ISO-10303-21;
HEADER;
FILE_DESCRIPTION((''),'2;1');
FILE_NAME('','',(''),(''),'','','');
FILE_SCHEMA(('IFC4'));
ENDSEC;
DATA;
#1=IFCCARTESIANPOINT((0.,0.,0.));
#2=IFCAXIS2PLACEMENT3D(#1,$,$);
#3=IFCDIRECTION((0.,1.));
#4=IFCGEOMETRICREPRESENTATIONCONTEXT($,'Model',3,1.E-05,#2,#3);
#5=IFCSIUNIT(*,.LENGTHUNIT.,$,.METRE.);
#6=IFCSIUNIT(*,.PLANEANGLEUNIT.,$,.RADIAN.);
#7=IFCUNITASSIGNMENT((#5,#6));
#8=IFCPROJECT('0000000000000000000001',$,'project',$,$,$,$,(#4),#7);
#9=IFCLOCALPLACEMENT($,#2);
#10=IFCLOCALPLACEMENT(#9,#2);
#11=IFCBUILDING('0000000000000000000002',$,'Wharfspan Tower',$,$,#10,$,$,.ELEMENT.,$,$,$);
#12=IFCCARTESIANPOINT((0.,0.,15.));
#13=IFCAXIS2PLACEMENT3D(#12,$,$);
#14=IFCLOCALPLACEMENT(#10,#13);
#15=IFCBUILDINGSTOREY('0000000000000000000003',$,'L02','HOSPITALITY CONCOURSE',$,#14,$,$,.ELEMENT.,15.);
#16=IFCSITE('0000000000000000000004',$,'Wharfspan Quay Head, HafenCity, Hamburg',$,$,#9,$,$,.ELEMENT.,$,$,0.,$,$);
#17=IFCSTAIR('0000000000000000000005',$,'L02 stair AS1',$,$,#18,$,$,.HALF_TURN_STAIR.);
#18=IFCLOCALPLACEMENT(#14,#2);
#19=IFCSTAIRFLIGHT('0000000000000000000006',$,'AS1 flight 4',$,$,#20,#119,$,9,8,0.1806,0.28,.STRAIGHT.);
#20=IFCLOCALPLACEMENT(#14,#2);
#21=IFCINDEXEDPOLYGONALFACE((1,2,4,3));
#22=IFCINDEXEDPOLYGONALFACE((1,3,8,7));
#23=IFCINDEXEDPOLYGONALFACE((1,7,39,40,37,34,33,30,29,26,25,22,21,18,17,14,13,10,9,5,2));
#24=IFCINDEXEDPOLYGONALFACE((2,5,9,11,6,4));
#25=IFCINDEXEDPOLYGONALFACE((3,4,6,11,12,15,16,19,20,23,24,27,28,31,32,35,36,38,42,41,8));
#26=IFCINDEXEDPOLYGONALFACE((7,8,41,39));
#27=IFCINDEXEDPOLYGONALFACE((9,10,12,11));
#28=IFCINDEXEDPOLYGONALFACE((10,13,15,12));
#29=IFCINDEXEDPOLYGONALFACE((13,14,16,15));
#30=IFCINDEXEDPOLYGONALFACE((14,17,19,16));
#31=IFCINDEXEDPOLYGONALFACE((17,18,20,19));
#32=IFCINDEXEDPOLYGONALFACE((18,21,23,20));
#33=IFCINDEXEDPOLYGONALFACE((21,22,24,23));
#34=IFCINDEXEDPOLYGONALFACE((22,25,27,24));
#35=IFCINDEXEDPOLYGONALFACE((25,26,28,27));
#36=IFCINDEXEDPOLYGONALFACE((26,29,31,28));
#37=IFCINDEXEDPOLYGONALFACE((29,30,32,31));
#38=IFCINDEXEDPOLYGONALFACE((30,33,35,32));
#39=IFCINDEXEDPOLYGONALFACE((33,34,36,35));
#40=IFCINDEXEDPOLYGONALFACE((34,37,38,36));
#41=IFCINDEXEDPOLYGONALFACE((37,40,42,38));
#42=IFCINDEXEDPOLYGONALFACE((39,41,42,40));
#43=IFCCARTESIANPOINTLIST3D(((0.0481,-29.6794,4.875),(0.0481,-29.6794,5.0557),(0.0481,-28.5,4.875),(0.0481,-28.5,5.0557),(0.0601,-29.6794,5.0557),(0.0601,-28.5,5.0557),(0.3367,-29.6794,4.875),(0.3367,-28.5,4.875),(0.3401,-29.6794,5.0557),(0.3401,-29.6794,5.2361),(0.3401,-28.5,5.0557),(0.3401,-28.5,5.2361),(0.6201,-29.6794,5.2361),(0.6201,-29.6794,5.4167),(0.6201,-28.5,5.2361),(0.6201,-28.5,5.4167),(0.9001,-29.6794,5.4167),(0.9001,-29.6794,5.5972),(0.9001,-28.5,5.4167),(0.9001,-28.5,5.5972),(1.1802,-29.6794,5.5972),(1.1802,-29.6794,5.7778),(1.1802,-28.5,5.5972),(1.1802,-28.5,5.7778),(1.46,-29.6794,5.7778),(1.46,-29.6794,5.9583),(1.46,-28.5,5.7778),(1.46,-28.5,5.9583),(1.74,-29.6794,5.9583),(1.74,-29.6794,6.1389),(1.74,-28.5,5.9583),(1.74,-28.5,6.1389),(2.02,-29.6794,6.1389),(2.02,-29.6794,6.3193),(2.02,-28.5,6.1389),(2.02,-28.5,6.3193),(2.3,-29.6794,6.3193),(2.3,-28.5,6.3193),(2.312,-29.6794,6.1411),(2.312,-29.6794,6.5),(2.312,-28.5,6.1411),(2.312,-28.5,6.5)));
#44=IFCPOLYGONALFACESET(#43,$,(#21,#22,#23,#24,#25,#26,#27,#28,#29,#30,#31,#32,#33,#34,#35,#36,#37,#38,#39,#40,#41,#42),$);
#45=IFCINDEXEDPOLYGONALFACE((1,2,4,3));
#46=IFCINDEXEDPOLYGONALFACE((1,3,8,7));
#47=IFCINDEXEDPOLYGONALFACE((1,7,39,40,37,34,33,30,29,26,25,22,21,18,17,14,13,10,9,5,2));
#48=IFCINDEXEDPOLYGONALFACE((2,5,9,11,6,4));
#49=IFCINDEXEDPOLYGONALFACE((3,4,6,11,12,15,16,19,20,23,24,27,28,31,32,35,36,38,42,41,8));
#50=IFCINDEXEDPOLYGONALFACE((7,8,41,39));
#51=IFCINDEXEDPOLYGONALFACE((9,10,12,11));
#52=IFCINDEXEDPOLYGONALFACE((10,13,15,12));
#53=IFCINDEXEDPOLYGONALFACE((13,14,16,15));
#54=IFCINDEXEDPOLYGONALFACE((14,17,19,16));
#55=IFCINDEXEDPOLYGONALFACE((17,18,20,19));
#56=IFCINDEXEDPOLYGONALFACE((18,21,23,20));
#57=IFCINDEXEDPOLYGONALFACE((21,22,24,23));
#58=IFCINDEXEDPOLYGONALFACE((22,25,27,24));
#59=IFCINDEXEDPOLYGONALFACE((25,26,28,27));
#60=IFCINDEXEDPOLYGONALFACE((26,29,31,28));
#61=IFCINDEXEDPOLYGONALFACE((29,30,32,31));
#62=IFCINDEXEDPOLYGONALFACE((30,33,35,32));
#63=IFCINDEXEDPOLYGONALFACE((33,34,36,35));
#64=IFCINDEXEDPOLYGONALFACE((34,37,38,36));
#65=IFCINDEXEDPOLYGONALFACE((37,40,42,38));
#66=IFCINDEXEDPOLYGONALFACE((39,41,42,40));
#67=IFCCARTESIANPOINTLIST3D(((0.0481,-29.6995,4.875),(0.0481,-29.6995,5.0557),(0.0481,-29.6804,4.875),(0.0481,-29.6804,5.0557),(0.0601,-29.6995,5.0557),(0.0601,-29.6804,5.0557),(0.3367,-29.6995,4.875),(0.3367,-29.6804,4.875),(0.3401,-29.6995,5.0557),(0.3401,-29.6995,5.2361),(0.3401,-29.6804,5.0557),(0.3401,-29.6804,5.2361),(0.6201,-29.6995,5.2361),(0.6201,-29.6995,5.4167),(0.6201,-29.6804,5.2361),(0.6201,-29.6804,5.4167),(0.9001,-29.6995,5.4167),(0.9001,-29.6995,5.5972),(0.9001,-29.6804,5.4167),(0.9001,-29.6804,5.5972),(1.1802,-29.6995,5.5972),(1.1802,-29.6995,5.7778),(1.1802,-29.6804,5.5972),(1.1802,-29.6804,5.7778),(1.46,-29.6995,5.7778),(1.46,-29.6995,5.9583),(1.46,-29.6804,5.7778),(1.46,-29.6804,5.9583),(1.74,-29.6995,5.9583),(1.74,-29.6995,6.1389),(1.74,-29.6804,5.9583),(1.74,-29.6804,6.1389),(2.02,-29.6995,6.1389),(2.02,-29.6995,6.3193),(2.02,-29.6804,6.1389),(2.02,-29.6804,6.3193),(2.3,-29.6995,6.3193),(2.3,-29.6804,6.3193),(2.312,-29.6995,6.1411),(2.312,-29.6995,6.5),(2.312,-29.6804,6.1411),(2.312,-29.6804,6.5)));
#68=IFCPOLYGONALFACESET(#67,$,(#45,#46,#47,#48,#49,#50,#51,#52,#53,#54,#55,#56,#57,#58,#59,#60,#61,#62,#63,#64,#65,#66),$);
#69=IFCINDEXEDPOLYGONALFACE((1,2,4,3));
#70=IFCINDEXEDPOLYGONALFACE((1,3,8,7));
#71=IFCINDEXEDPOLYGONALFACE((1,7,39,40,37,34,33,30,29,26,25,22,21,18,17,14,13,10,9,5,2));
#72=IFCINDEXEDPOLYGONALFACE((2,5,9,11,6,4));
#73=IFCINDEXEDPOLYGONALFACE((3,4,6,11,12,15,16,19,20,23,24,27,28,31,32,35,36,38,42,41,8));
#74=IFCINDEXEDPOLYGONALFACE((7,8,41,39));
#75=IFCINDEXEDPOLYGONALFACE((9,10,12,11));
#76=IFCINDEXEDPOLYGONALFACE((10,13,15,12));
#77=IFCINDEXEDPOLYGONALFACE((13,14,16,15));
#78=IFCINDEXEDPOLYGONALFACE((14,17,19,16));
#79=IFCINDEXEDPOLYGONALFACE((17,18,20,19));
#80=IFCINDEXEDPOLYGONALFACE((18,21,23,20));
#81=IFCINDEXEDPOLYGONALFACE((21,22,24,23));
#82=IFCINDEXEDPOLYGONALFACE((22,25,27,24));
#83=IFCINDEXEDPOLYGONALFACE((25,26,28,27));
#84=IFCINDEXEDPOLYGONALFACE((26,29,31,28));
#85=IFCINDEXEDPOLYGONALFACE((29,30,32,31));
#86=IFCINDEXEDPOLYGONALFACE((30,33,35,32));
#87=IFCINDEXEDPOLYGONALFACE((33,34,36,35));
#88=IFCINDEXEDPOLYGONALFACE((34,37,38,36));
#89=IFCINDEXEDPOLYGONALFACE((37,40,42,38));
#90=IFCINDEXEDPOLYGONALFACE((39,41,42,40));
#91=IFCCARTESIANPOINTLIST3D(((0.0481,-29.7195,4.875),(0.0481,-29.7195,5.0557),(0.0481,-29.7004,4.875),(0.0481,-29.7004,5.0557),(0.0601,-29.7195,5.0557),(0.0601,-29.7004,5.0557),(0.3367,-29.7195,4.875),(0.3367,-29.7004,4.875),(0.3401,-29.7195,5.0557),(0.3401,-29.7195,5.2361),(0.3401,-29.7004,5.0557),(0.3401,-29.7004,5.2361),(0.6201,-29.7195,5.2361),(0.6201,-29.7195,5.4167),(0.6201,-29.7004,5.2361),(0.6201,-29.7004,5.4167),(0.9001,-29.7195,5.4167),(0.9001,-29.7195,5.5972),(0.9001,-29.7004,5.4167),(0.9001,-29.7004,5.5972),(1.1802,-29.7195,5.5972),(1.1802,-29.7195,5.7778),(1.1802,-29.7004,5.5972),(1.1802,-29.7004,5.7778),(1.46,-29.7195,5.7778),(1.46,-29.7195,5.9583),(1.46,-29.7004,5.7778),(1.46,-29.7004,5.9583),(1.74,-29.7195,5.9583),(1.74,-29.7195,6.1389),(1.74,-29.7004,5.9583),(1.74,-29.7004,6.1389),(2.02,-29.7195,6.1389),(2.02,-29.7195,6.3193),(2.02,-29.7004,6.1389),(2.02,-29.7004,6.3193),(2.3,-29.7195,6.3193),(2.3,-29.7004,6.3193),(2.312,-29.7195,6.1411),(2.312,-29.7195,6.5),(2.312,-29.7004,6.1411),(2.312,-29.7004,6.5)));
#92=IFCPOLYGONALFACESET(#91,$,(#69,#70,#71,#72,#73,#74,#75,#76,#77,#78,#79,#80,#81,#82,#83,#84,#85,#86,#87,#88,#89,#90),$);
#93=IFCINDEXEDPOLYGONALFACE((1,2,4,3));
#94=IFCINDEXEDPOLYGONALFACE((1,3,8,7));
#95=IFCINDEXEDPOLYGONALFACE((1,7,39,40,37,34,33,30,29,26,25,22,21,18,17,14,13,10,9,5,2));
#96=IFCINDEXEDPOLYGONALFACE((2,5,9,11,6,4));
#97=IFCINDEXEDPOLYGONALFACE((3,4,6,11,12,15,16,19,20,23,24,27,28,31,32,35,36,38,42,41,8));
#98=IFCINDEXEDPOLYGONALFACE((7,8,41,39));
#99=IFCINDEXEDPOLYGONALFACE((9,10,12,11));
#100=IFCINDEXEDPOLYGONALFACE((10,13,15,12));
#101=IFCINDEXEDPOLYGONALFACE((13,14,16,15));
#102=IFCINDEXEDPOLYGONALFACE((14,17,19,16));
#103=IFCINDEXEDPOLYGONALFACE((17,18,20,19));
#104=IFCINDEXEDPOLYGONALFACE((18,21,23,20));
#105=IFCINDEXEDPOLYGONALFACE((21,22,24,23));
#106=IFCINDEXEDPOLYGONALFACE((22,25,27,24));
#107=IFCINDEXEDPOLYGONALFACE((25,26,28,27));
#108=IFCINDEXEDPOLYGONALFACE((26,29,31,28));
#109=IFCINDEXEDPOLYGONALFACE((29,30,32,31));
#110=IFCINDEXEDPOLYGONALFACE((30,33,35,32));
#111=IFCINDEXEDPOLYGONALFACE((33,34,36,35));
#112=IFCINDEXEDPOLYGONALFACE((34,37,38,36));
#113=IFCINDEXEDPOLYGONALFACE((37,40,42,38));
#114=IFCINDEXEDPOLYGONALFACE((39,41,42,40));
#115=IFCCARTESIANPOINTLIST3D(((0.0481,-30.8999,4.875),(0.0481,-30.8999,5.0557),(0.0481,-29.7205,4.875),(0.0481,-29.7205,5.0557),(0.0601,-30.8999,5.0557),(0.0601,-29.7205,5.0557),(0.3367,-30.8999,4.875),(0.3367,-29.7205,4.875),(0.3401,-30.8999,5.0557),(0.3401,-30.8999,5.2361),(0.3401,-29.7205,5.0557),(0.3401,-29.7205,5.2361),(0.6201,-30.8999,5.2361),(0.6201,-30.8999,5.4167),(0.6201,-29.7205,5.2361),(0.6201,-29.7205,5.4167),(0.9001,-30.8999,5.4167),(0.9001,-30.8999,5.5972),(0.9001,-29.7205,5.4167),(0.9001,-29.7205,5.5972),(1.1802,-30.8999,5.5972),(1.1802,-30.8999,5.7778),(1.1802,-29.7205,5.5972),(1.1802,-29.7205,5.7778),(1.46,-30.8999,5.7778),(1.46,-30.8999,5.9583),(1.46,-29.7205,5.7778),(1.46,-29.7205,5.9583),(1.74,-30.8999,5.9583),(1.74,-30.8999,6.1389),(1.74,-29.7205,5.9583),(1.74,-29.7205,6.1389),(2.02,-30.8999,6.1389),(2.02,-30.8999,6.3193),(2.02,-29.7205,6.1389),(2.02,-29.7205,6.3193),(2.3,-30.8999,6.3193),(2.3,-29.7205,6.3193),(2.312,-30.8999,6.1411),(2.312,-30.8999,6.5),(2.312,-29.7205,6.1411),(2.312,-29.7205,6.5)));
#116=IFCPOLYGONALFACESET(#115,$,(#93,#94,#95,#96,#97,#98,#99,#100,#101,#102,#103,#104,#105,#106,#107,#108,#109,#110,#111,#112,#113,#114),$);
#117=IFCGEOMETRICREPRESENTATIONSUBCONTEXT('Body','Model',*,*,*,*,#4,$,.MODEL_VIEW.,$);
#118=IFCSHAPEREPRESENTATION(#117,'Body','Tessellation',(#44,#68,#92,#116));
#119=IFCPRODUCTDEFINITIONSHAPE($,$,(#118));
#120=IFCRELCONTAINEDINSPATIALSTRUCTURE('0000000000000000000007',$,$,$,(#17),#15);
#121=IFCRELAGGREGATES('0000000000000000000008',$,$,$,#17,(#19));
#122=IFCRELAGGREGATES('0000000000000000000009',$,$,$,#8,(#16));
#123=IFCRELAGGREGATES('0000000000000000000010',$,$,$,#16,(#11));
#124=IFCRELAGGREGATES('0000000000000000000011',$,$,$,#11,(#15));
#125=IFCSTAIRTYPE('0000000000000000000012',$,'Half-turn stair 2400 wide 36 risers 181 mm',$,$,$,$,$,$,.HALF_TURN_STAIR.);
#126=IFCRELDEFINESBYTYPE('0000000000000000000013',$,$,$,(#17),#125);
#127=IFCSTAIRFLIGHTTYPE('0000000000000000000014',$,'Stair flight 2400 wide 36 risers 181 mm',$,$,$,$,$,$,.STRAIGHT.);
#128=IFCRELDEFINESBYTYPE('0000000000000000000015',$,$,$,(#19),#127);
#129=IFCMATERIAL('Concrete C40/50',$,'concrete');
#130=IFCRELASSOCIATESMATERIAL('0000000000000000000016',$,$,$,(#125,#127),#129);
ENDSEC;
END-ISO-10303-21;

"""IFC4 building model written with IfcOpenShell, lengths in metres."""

from ifc_helpers import new_model, si_unit, direction, frame, origin, place, context, subcontext, project, spatial, polyline, outline, extrude, material, type_object, element, aggregate, save


model = new_model("IFC4")

# Units and contexts
model_context = context("Model", 3, precision=1e-05, world=origin(), true_north=direction((0.0, 1.0)))
body_context = subcontext(model_context, "Body", "Model", "MODEL_VIEW")
ifc_project = project(units=[si_unit("LENGTHUNIT", "METRE"), si_unit("PLANEANGLEUNIT", "RADIAN")], contexts=[model_context])

# Site, building, storey
site_placement = place(None, origin())
site = spatial("IfcSite", under=ifc_project, at=site_placement, Name="Wharfspan Quay Head, HafenCity, Hamburg", CompositionType="ELEMENT", RefElevation=0.0)
building_placement = place(site_placement, origin())
building = spatial("IfcBuilding", under=site, at=building_placement, Name="Wharfspan Tower", CompositionType="ELEMENT")
storey_placement = place(building_placement, frame((0.0, 0.0, 15.0)))
storey = spatial("IfcBuildingStorey", under=building, at=storey_placement, Name="L02", Description="HOSPITALITY CONCOURSE", CompositionType="ELEMENT", Elevation=15.0)

# Shared definitions
ifc_material_1 = material(Name="Concrete C40/50", Category="concrete")
stair_type = type_object("IfcStairType", Name="Half-turn stair 2400 wide 36 risers 181 mm", PredefinedType="HALF_TURN_STAIR", material=ifc_material_1)

# Stair, stair flight
stair_1_placement = place(storey_placement, origin())
stair_1 = element("IfcStair", 1, at=stair_1_placement, inside=storey, type_object=stair_type, Name="L02 stair AS1", PredefinedType="HALF_TURN_STAIR")
stair_flight_type = type_object("IfcStairFlightType", Name="Stair flight 2400 wide 36 risers 181 mm", PredefinedType="STRAIGHT", material=ifc_material_1)
stair_flight_1_placement = place(storey_placement, frame((0.0601, -29.7, 4.875), z_axis=(0.0, 0.0, 1.0), x_axis=(1.0, 0.0, 0.0)))
stair_flight_1 = element("IfcStairFlight", 2, at=stair_flight_1_placement, type_object=stair_flight_type, Name="AS1 flight 4", NumberOfRisers=9, NumberOfTreads=8, PredefinedType="STRAIGHT", RiserHeight=0.1806, TreadLength=0.28, context=body_context, shape_type="SweptSolid", body=[
    extrude(outline(polyline([(-0.012, 0.0), (-0.012, 0.1807), (0.0, 0.1807), (0.28, 0.1807), (0.28, 0.3611), (0.5601, 0.3611), (0.5601, 0.5417), (0.8401, 0.5417), (0.8401, 0.7222), (1.1201, 0.7222), (1.1201, 0.9028), (1.3999, 0.9028), (1.3999, 1.0833), (1.6799, 1.0833), (1.6799, 1.2639), (1.96, 1.2639), (1.96, 1.4443), (2.24, 1.4443), (2.252, 1.625), (2.252, 1.2661), (0.2766, 0.0), (-0.012, 0.0)])), frame((0.0, 1.2, 0.0), z_axis=(0.0, -1.0, 0.0), x_axis=(1.0, 0.0, 0.0)), (0.0, 0.0, 1.0), 1.1794),
    extrude(outline(polyline([(-0.012, 0.0), (-0.012, 0.1807), (0.0, 0.1807), (0.28, 0.1807), (0.28, 0.3611), (0.5601, 0.3611), (0.5601, 0.5417), (0.8401, 0.5417), (0.8401, 0.7222), (1.1201, 0.7222), (1.1201, 0.9028), (1.3999, 0.9028), (1.3999, 1.0833), (1.6799, 1.0833), (1.6799, 1.2639), (1.96, 1.2639), (1.96, 1.4443), (2.24, 1.4443), (2.252, 1.625), (2.252, 1.2661), (0.2766, 0.0), (-0.012, 0.0)])), frame((0.0, 0.0195, 0.0), z_axis=(0.0, -1.0, 0.0), x_axis=(1.0, 0.0, 0.0)), (0.0, 0.0, 1.0), 0.019),
    extrude(outline(polyline([(-0.012, 0.0), (-0.012, 0.1807), (0.0, 0.1807), (0.28, 0.1807), (0.28, 0.3611), (0.5601, 0.3611), (0.5601, 0.5417), (0.8401, 0.5417), (0.8401, 0.7222), (1.1201, 0.7222), (1.1201, 0.9028), (1.3999, 0.9028), (1.3999, 1.0833), (1.6799, 1.0833), (1.6799, 1.2639), (1.96, 1.2639), (1.96, 1.4443), (2.24, 1.4443), (2.252, 1.625), (2.252, 1.2661), (0.2766, 0.0), (-0.012, 0.0)])), frame((0.0, -0.0005, 0.0), z_axis=(0.0, -1.0, 0.0), x_axis=(1.0, 0.0, 0.0)), (0.0, 0.0, 1.0), 0.019),
    extrude(outline(polyline([(-0.012, 0.0), (-0.012, 0.1807), (0.0, 0.1807), (0.28, 0.1807), (0.28, 0.3611), (0.5601, 0.3611), (0.5601, 0.5417), (0.8401, 0.5417), (0.8401, 0.7222), (1.1201, 0.7222), (1.1201, 0.9028), (1.3999, 0.9028), (1.3999, 1.0833), (1.6799, 1.0833), (1.6799, 1.2639), (1.96, 1.2639), (1.96, 1.4443), (2.24, 1.4443), (2.252, 1.625), (2.252, 1.2661), (0.2766, 0.0), (-0.012, 0.0)])), frame((0.0, -0.0205, 0.0), z_axis=(0.0, -1.0, 0.0), x_axis=(1.0, 0.0, 0.0)), (0.0, 0.0, 1.0), 1.1794),
])
aggregate(stair_1, [stair_flight_1])

save(model, "model.ifc")
